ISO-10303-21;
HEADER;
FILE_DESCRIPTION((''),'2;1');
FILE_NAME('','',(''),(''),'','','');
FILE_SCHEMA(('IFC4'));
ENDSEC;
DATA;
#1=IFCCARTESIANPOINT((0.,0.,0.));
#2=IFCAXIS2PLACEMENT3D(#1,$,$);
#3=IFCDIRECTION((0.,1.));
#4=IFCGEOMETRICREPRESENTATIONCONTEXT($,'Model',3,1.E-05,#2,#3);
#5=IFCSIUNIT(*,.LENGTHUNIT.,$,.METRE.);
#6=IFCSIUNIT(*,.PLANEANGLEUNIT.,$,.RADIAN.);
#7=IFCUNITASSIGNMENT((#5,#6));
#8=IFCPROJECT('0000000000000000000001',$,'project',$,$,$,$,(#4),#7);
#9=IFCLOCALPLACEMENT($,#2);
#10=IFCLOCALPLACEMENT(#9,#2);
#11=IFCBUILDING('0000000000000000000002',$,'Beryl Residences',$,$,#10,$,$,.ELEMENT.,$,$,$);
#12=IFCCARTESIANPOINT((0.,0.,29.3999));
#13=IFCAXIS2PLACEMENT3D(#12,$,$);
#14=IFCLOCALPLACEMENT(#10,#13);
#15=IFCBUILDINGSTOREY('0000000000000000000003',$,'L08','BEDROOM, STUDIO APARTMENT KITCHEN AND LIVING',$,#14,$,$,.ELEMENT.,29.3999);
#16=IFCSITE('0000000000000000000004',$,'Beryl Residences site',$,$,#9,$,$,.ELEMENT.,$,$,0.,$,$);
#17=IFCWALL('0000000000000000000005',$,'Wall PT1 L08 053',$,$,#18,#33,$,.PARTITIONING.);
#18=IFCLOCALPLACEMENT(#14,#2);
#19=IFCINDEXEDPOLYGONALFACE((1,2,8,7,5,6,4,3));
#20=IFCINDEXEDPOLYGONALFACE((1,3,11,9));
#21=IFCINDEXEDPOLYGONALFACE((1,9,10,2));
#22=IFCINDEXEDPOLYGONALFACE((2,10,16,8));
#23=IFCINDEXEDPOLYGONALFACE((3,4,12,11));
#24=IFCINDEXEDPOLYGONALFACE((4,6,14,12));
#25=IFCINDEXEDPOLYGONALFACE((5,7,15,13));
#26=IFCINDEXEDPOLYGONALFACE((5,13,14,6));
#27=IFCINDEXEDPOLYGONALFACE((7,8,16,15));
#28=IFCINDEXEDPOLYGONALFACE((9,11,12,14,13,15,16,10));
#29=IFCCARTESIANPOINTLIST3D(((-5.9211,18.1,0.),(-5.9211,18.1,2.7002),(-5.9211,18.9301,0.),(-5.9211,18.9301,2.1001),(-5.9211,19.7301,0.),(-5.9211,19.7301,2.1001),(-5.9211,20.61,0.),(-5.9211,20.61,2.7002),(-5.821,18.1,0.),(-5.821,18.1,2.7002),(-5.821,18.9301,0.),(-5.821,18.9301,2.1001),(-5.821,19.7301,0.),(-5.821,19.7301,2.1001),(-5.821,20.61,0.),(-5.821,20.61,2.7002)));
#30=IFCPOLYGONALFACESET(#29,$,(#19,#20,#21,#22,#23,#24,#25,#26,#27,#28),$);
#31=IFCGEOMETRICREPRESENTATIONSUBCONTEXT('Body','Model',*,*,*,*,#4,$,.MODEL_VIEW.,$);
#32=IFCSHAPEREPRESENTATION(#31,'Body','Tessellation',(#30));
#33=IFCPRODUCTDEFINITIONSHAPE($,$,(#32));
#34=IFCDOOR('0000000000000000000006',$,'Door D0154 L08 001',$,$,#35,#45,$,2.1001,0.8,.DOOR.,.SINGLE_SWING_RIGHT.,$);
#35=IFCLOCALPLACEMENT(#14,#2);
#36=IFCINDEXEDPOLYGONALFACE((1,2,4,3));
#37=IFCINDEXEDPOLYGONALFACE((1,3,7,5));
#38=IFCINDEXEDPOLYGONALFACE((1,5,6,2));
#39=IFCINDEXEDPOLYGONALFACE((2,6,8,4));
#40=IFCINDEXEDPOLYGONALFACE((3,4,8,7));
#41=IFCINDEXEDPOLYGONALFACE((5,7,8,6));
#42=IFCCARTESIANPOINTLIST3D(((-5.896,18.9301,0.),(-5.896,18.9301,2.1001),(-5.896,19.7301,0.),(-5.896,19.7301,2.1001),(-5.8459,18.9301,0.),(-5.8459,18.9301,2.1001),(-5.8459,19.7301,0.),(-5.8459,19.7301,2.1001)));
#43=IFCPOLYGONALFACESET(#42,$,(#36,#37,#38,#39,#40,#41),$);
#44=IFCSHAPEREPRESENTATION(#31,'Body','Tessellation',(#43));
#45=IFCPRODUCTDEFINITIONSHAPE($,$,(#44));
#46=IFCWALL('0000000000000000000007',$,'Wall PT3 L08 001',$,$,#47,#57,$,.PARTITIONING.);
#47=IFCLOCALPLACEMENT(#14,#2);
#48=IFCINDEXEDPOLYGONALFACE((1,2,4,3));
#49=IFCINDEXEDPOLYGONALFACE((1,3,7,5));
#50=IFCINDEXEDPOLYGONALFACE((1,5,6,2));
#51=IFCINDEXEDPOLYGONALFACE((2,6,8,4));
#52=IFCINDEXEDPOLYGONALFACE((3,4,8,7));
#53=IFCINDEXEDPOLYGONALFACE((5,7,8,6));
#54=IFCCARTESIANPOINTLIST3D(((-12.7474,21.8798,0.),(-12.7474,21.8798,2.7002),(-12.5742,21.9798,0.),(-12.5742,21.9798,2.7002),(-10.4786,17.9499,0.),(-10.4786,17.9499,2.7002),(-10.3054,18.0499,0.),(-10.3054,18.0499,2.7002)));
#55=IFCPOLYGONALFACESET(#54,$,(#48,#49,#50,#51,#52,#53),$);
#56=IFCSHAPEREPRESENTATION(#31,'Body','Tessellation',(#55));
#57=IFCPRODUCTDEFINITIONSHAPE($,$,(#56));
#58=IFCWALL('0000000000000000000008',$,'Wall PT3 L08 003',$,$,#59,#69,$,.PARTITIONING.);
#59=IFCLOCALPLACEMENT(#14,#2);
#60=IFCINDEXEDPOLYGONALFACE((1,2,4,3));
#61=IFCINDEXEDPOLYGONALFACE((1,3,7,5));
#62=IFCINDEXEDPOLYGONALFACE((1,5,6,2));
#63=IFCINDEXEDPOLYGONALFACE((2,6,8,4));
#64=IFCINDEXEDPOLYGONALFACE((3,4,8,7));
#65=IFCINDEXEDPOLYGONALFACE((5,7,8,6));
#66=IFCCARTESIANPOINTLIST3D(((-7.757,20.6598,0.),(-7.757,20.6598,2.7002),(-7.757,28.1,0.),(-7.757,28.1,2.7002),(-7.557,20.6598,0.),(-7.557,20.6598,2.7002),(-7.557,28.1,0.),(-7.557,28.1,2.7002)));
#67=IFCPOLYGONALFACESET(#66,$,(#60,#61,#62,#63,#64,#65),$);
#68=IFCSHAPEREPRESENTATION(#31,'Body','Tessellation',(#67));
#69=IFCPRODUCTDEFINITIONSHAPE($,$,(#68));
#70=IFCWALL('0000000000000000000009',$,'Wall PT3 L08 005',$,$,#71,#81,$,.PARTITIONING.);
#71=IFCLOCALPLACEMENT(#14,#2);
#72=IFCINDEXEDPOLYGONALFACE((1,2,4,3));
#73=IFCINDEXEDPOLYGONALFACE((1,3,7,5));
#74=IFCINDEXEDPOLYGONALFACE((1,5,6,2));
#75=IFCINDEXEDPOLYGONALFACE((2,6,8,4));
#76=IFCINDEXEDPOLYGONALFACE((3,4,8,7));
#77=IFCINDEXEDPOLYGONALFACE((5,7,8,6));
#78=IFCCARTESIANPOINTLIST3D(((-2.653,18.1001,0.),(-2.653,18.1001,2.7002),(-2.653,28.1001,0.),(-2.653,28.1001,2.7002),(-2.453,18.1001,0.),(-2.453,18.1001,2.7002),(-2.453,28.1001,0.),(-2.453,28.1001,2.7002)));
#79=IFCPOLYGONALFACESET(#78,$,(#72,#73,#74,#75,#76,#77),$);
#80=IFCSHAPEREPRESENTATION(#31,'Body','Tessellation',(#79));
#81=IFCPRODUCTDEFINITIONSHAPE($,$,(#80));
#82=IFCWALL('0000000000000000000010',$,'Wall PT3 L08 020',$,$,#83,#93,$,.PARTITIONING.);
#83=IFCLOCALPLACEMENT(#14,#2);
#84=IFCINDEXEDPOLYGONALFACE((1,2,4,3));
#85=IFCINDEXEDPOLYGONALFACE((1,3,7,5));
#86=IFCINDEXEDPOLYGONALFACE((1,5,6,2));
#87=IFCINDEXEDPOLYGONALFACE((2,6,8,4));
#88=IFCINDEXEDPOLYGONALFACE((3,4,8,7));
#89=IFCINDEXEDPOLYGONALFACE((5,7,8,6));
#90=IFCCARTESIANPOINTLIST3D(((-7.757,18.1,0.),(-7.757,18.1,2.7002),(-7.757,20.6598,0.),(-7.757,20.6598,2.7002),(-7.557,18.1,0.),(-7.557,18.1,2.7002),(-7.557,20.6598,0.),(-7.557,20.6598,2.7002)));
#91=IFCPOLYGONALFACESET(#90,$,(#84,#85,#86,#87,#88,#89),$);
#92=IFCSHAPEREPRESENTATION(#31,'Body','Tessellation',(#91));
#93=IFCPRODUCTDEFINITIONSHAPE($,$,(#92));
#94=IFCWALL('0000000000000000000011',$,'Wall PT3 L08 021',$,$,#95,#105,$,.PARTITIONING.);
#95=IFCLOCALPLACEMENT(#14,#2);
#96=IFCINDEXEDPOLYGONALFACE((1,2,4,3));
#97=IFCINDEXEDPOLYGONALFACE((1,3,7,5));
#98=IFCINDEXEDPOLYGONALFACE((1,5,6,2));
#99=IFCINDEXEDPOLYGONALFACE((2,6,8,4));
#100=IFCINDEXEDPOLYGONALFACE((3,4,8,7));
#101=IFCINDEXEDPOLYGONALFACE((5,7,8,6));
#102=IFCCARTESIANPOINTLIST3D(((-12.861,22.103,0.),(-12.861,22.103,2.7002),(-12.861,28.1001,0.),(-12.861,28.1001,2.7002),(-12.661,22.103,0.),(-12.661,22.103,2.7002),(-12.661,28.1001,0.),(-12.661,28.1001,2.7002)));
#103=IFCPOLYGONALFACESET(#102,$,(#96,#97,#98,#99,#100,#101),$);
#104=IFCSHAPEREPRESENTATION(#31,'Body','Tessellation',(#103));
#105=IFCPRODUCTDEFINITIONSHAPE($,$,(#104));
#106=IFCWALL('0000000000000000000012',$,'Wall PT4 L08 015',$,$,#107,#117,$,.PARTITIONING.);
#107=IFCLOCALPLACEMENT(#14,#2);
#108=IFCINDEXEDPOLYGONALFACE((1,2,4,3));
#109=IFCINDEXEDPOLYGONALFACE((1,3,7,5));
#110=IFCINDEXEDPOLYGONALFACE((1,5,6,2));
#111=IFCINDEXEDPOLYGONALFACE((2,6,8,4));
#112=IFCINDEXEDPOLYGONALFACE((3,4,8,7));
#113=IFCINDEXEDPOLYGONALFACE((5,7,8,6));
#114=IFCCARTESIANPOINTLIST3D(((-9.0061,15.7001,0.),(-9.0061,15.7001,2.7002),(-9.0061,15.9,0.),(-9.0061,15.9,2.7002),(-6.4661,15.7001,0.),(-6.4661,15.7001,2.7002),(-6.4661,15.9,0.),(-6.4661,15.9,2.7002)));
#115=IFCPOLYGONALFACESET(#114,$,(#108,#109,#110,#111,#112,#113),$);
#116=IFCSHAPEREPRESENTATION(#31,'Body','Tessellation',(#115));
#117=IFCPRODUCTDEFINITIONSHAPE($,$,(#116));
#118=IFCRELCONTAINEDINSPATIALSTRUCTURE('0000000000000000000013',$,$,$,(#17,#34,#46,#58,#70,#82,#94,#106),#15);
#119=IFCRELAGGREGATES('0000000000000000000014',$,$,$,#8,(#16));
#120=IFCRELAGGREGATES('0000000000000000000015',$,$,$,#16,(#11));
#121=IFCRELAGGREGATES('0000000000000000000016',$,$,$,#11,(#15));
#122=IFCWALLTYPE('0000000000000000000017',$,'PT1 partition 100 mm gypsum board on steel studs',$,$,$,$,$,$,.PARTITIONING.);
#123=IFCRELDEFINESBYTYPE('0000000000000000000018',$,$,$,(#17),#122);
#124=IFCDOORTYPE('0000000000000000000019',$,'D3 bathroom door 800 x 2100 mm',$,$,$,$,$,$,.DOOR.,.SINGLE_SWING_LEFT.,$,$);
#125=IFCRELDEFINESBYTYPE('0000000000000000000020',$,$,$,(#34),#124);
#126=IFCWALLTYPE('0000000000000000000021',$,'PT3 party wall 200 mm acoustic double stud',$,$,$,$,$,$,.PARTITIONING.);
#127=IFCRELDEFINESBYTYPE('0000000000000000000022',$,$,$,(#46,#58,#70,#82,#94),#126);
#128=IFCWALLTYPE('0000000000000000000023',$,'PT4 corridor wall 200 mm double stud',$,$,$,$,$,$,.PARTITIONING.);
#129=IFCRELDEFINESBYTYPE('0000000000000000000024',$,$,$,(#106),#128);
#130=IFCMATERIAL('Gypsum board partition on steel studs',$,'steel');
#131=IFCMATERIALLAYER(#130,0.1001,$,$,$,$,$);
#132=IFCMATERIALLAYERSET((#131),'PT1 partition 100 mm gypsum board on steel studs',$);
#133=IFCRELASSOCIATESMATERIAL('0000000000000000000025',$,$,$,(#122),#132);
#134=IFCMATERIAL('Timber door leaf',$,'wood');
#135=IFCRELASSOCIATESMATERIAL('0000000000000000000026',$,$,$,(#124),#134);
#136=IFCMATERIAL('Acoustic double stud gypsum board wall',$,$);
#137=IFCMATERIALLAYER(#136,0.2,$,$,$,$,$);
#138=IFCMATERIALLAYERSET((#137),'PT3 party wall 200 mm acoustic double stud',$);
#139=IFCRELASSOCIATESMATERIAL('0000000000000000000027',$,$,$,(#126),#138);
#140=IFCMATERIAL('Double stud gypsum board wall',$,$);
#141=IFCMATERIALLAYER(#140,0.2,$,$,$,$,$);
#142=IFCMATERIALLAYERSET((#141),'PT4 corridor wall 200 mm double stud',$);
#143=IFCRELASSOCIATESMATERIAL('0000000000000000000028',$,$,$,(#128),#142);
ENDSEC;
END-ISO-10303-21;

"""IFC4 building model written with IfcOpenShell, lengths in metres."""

from ifc_helpers import new_model, si_unit, direction, frame, frame_2d, origin, place, context, subcontext, project, spatial, rectangle, extrude, material, layer, layer_set, type_object, element, fill, save


model = new_model("IFC4")

# Units and contexts
model_context = context("Model", 3, precision=1e-05, world=origin(), true_north=direction((0.0, 1.0)))
body_context = subcontext(model_context, "Body", "Model", "MODEL_VIEW")
ifc_project = project(units=[si_unit("LENGTHUNIT", "METRE"), si_unit("PLANEANGLEUNIT", "RADIAN")], contexts=[model_context])

# Site, building, storey
site_placement = place(None, origin())
site = spatial("IfcSite", under=ifc_project, at=site_placement, Name="Beryl Residences site", CompositionType="ELEMENT", RefElevation=0.0)
building_placement = place(site_placement, origin())
building = spatial("IfcBuilding", under=site, at=building_placement, Name="Beryl Residences", CompositionType="ELEMENT")
storey_placement = place(building_placement, frame((0.0, 0.0, 29.3999)))
storey = spatial("IfcBuildingStorey", under=building, at=storey_placement, Name="L08", Description="BEDROOM, STUDIO APARTMENT KITCHEN AND LIVING", CompositionType="ELEMENT", Elevation=29.3999)

# Shared definitions
ifc_material_1 = material(Name="Gypsum board partition on steel studs", Category="steel")
ifc_layer_1 = layer(ifc_material_1, 0.1001)
ifc_layer_set_1 = layer_set([ifc_layer_1], Name="PT1 partition 100 mm gypsum board on steel studs")
wall_type_1 = type_object("IfcWallType", Name="PT1 partition 100 mm gypsum board on steel studs", PredefinedType="PARTITIONING", material=ifc_layer_set_1)

# Wall, opening, door
wall_1_placement = place(storey_placement, frame((-5.8711, 18.1001, 0.0), z_axis=(0.0, 0.0, 1.0), x_axis=(0.0, 1.0, 0.0)))
wall_1 = element("IfcWall", 1, at=wall_1_placement, inside=storey, type_object=wall_type_1, Name="Wall PT1 L08 053", PredefinedType="PARTITIONING", context=body_context, shape_type="SweptSolid", body=[
    extrude(rectangle(XDim=2.51, YDim=0.1001, at=frame_2d((1.2549, 0.0))), origin(), (0.0, 0.0, 1.0), 2.7002),
])
opening_1_placement = place(wall_1_placement, frame((0.8301, 0.0, 0.0)))
opening_1 = element("IfcOpeningElement", 2, at=opening_1_placement, cuts=wall_1, PredefinedType="OPENING", context=body_context, shape_type="SweptSolid", body=[
    extrude(rectangle(XDim=0.8, YDim=2.1001, at=frame_2d((0.3999, 1.05))), frame((0.0, 0.0601, 0.0), z_axis=(0.0, -1.0, 0.0), x_axis=(1.0, 0.0, 0.0)), (0.0, 0.0, 1.0), 0.1201),
])
ifc_material_2 = material(Name="Timber door leaf", Category="wood")
door_type_1 = type_object("IfcDoorType", Name="D3 bathroom door 800 x 2100 mm", OperationType="SINGLE_SWING_LEFT", PredefinedType="DOOR", material=ifc_material_2)
door_1_placement = place(opening_1_placement, origin())
door_1 = element("IfcDoor", 3, at=door_1_placement, inside=storey, type_object=door_type_1, Name="Door D0154 L08 001", OperationType="SINGLE_SWING_RIGHT", OverallHeight=2.1001, OverallWidth=0.8, PredefinedType="DOOR", context=body_context, shape_type="SweptSolid", body=[
    extrude(rectangle(XDim=0.8, YDim=2.1001, at=frame_2d((0.3999, 1.05))), frame((0.0, 0.0249, 0.0), z_axis=(0.0, -1.0, 0.0), x_axis=(1.0, 0.0, 0.0)), (0.0, 0.0, 1.0), 0.05),
])
fill(opening_1, door_1)

# Walls
ifc_material_3 = material(Name="Acoustic double stud gypsum board wall")
ifc_layer_2 = layer(ifc_material_3, 0.2)
ifc_layer_set_2 = layer_set([ifc_layer_2], Name="PT3 party wall 200 mm acoustic double stud")
wall_type_2 = type_object("IfcWallType", Name="PT3 party wall 200 mm acoustic double stud", PredefinedType="PARTITIONING", material=ifc_layer_set_2)
wall_2_placement = place(storey_placement, frame((-12.6609, 21.9299, 0.0), z_axis=(0.0, 0.0, 1.0), x_axis=(0.499975, -0.86604, 0.0)))
element("IfcWall", 4, at=wall_2_placement, inside=storey, type_object=wall_type_2, Name="Wall PT3 L08 001", PredefinedType="PARTITIONING", context=body_context, shape_type="SweptSolid", body=[
    extrude(rectangle(XDim=4.5378, YDim=0.2, at=frame_2d((2.269, 0.0))), origin(), (0.0, 0.0, 1.0), 2.7002),
])
wall_3_placement = place(storey_placement, frame((-7.657, 28.1001, 0.0), z_axis=(0.0, 0.0, 1.0), x_axis=(0.0, -1.0, 0.0)))
element("IfcWall", 5, at=wall_3_placement, inside=storey, type_object=wall_type_2, Name="Wall PT3 L08 003", PredefinedType="PARTITIONING", context=body_context, shape_type="SweptSolid", body=[
    extrude(rectangle(XDim=7.4402, YDim=0.2, at=frame_2d((3.7202, 0.0))), origin(), (0.0, 0.0, 1.0), 2.7002),
])
wall_4_placement = place(storey_placement, frame((-2.553, 28.1001, 0.0), z_axis=(0.0, 0.0, 1.0), x_axis=(0.0, -1.0, 0.0)))
element("IfcWall", 6, at=wall_4_placement, inside=storey, type_object=wall_type_2, Name="Wall PT3 L08 005", PredefinedType="PARTITIONING", context=body_context, shape_type="SweptSolid", body=[
    extrude(rectangle(XDim=10.0, YDim=0.2, at=frame_2d((5.0, 0.0))), origin(), (0.0, 0.0, 1.0), 2.7002),
])
wall_5_placement = place(storey_placement, frame((-7.657, 18.1001, 0.0), z_axis=(0.0, 0.0, 1.0), x_axis=(0.0, 1.0, 0.0)))
element("IfcWall", 7, at=wall_5_placement, inside=storey, type_object=wall_type_2, Name="Wall PT3 L08 020", PredefinedType="PARTITIONING", context=body_context, shape_type="SweptSolid", body=[
    extrude(rectangle(XDim=2.5598, YDim=0.2, at=frame_2d((1.2798, 0.0))), origin(), (0.0, 0.0, 1.0), 2.7002),
])
wall_6_placement = place(storey_placement, frame((-12.761, 22.103, 0.0), z_axis=(0.0, 0.0, 1.0), x_axis=(0.0, 1.0, 0.0)))
element("IfcWall", 8, at=wall_6_placement, inside=storey, type_object=wall_type_2, Name="Wall PT3 L08 021", PredefinedType="PARTITIONING", context=body_context, shape_type="SweptSolid", body=[
    extrude(rectangle(XDim=5.9971, YDim=0.2, at=frame_2d((2.9985, 0.0))), origin(), (0.0, 0.0, 1.0), 2.7002),
])
ifc_material_4 = material(Name="Double stud gypsum board wall")
ifc_layer_3 = layer(ifc_material_4, 0.2)
ifc_layer_set_3 = layer_set([ifc_layer_3], Name="PT4 corridor wall 200 mm double stud")
wall_type_3 = type_object("IfcWallType", Name="PT4 corridor wall 200 mm double stud", PredefinedType="PARTITIONING", material=ifc_layer_set_3)
wall_7_placement = place(storey_placement, frame((-9.0061, 15.8, 0.0), z_axis=(0.0, 0.0, 1.0), x_axis=(1.0, 0.0, 0.0)))
element("IfcWall", 9, at=wall_7_placement, inside=storey, type_object=wall_type_3, Name="Wall PT4 L08 015", PredefinedType="PARTITIONING", context=body_context, shape_type="SweptSolid", body=[
    extrude(rectangle(XDim=2.54, YDim=0.2, at=frame_2d((1.27, 0.0))), origin(), (0.0, 0.0, 1.0), 2.7002),
])

save(model, "model.ifc")
